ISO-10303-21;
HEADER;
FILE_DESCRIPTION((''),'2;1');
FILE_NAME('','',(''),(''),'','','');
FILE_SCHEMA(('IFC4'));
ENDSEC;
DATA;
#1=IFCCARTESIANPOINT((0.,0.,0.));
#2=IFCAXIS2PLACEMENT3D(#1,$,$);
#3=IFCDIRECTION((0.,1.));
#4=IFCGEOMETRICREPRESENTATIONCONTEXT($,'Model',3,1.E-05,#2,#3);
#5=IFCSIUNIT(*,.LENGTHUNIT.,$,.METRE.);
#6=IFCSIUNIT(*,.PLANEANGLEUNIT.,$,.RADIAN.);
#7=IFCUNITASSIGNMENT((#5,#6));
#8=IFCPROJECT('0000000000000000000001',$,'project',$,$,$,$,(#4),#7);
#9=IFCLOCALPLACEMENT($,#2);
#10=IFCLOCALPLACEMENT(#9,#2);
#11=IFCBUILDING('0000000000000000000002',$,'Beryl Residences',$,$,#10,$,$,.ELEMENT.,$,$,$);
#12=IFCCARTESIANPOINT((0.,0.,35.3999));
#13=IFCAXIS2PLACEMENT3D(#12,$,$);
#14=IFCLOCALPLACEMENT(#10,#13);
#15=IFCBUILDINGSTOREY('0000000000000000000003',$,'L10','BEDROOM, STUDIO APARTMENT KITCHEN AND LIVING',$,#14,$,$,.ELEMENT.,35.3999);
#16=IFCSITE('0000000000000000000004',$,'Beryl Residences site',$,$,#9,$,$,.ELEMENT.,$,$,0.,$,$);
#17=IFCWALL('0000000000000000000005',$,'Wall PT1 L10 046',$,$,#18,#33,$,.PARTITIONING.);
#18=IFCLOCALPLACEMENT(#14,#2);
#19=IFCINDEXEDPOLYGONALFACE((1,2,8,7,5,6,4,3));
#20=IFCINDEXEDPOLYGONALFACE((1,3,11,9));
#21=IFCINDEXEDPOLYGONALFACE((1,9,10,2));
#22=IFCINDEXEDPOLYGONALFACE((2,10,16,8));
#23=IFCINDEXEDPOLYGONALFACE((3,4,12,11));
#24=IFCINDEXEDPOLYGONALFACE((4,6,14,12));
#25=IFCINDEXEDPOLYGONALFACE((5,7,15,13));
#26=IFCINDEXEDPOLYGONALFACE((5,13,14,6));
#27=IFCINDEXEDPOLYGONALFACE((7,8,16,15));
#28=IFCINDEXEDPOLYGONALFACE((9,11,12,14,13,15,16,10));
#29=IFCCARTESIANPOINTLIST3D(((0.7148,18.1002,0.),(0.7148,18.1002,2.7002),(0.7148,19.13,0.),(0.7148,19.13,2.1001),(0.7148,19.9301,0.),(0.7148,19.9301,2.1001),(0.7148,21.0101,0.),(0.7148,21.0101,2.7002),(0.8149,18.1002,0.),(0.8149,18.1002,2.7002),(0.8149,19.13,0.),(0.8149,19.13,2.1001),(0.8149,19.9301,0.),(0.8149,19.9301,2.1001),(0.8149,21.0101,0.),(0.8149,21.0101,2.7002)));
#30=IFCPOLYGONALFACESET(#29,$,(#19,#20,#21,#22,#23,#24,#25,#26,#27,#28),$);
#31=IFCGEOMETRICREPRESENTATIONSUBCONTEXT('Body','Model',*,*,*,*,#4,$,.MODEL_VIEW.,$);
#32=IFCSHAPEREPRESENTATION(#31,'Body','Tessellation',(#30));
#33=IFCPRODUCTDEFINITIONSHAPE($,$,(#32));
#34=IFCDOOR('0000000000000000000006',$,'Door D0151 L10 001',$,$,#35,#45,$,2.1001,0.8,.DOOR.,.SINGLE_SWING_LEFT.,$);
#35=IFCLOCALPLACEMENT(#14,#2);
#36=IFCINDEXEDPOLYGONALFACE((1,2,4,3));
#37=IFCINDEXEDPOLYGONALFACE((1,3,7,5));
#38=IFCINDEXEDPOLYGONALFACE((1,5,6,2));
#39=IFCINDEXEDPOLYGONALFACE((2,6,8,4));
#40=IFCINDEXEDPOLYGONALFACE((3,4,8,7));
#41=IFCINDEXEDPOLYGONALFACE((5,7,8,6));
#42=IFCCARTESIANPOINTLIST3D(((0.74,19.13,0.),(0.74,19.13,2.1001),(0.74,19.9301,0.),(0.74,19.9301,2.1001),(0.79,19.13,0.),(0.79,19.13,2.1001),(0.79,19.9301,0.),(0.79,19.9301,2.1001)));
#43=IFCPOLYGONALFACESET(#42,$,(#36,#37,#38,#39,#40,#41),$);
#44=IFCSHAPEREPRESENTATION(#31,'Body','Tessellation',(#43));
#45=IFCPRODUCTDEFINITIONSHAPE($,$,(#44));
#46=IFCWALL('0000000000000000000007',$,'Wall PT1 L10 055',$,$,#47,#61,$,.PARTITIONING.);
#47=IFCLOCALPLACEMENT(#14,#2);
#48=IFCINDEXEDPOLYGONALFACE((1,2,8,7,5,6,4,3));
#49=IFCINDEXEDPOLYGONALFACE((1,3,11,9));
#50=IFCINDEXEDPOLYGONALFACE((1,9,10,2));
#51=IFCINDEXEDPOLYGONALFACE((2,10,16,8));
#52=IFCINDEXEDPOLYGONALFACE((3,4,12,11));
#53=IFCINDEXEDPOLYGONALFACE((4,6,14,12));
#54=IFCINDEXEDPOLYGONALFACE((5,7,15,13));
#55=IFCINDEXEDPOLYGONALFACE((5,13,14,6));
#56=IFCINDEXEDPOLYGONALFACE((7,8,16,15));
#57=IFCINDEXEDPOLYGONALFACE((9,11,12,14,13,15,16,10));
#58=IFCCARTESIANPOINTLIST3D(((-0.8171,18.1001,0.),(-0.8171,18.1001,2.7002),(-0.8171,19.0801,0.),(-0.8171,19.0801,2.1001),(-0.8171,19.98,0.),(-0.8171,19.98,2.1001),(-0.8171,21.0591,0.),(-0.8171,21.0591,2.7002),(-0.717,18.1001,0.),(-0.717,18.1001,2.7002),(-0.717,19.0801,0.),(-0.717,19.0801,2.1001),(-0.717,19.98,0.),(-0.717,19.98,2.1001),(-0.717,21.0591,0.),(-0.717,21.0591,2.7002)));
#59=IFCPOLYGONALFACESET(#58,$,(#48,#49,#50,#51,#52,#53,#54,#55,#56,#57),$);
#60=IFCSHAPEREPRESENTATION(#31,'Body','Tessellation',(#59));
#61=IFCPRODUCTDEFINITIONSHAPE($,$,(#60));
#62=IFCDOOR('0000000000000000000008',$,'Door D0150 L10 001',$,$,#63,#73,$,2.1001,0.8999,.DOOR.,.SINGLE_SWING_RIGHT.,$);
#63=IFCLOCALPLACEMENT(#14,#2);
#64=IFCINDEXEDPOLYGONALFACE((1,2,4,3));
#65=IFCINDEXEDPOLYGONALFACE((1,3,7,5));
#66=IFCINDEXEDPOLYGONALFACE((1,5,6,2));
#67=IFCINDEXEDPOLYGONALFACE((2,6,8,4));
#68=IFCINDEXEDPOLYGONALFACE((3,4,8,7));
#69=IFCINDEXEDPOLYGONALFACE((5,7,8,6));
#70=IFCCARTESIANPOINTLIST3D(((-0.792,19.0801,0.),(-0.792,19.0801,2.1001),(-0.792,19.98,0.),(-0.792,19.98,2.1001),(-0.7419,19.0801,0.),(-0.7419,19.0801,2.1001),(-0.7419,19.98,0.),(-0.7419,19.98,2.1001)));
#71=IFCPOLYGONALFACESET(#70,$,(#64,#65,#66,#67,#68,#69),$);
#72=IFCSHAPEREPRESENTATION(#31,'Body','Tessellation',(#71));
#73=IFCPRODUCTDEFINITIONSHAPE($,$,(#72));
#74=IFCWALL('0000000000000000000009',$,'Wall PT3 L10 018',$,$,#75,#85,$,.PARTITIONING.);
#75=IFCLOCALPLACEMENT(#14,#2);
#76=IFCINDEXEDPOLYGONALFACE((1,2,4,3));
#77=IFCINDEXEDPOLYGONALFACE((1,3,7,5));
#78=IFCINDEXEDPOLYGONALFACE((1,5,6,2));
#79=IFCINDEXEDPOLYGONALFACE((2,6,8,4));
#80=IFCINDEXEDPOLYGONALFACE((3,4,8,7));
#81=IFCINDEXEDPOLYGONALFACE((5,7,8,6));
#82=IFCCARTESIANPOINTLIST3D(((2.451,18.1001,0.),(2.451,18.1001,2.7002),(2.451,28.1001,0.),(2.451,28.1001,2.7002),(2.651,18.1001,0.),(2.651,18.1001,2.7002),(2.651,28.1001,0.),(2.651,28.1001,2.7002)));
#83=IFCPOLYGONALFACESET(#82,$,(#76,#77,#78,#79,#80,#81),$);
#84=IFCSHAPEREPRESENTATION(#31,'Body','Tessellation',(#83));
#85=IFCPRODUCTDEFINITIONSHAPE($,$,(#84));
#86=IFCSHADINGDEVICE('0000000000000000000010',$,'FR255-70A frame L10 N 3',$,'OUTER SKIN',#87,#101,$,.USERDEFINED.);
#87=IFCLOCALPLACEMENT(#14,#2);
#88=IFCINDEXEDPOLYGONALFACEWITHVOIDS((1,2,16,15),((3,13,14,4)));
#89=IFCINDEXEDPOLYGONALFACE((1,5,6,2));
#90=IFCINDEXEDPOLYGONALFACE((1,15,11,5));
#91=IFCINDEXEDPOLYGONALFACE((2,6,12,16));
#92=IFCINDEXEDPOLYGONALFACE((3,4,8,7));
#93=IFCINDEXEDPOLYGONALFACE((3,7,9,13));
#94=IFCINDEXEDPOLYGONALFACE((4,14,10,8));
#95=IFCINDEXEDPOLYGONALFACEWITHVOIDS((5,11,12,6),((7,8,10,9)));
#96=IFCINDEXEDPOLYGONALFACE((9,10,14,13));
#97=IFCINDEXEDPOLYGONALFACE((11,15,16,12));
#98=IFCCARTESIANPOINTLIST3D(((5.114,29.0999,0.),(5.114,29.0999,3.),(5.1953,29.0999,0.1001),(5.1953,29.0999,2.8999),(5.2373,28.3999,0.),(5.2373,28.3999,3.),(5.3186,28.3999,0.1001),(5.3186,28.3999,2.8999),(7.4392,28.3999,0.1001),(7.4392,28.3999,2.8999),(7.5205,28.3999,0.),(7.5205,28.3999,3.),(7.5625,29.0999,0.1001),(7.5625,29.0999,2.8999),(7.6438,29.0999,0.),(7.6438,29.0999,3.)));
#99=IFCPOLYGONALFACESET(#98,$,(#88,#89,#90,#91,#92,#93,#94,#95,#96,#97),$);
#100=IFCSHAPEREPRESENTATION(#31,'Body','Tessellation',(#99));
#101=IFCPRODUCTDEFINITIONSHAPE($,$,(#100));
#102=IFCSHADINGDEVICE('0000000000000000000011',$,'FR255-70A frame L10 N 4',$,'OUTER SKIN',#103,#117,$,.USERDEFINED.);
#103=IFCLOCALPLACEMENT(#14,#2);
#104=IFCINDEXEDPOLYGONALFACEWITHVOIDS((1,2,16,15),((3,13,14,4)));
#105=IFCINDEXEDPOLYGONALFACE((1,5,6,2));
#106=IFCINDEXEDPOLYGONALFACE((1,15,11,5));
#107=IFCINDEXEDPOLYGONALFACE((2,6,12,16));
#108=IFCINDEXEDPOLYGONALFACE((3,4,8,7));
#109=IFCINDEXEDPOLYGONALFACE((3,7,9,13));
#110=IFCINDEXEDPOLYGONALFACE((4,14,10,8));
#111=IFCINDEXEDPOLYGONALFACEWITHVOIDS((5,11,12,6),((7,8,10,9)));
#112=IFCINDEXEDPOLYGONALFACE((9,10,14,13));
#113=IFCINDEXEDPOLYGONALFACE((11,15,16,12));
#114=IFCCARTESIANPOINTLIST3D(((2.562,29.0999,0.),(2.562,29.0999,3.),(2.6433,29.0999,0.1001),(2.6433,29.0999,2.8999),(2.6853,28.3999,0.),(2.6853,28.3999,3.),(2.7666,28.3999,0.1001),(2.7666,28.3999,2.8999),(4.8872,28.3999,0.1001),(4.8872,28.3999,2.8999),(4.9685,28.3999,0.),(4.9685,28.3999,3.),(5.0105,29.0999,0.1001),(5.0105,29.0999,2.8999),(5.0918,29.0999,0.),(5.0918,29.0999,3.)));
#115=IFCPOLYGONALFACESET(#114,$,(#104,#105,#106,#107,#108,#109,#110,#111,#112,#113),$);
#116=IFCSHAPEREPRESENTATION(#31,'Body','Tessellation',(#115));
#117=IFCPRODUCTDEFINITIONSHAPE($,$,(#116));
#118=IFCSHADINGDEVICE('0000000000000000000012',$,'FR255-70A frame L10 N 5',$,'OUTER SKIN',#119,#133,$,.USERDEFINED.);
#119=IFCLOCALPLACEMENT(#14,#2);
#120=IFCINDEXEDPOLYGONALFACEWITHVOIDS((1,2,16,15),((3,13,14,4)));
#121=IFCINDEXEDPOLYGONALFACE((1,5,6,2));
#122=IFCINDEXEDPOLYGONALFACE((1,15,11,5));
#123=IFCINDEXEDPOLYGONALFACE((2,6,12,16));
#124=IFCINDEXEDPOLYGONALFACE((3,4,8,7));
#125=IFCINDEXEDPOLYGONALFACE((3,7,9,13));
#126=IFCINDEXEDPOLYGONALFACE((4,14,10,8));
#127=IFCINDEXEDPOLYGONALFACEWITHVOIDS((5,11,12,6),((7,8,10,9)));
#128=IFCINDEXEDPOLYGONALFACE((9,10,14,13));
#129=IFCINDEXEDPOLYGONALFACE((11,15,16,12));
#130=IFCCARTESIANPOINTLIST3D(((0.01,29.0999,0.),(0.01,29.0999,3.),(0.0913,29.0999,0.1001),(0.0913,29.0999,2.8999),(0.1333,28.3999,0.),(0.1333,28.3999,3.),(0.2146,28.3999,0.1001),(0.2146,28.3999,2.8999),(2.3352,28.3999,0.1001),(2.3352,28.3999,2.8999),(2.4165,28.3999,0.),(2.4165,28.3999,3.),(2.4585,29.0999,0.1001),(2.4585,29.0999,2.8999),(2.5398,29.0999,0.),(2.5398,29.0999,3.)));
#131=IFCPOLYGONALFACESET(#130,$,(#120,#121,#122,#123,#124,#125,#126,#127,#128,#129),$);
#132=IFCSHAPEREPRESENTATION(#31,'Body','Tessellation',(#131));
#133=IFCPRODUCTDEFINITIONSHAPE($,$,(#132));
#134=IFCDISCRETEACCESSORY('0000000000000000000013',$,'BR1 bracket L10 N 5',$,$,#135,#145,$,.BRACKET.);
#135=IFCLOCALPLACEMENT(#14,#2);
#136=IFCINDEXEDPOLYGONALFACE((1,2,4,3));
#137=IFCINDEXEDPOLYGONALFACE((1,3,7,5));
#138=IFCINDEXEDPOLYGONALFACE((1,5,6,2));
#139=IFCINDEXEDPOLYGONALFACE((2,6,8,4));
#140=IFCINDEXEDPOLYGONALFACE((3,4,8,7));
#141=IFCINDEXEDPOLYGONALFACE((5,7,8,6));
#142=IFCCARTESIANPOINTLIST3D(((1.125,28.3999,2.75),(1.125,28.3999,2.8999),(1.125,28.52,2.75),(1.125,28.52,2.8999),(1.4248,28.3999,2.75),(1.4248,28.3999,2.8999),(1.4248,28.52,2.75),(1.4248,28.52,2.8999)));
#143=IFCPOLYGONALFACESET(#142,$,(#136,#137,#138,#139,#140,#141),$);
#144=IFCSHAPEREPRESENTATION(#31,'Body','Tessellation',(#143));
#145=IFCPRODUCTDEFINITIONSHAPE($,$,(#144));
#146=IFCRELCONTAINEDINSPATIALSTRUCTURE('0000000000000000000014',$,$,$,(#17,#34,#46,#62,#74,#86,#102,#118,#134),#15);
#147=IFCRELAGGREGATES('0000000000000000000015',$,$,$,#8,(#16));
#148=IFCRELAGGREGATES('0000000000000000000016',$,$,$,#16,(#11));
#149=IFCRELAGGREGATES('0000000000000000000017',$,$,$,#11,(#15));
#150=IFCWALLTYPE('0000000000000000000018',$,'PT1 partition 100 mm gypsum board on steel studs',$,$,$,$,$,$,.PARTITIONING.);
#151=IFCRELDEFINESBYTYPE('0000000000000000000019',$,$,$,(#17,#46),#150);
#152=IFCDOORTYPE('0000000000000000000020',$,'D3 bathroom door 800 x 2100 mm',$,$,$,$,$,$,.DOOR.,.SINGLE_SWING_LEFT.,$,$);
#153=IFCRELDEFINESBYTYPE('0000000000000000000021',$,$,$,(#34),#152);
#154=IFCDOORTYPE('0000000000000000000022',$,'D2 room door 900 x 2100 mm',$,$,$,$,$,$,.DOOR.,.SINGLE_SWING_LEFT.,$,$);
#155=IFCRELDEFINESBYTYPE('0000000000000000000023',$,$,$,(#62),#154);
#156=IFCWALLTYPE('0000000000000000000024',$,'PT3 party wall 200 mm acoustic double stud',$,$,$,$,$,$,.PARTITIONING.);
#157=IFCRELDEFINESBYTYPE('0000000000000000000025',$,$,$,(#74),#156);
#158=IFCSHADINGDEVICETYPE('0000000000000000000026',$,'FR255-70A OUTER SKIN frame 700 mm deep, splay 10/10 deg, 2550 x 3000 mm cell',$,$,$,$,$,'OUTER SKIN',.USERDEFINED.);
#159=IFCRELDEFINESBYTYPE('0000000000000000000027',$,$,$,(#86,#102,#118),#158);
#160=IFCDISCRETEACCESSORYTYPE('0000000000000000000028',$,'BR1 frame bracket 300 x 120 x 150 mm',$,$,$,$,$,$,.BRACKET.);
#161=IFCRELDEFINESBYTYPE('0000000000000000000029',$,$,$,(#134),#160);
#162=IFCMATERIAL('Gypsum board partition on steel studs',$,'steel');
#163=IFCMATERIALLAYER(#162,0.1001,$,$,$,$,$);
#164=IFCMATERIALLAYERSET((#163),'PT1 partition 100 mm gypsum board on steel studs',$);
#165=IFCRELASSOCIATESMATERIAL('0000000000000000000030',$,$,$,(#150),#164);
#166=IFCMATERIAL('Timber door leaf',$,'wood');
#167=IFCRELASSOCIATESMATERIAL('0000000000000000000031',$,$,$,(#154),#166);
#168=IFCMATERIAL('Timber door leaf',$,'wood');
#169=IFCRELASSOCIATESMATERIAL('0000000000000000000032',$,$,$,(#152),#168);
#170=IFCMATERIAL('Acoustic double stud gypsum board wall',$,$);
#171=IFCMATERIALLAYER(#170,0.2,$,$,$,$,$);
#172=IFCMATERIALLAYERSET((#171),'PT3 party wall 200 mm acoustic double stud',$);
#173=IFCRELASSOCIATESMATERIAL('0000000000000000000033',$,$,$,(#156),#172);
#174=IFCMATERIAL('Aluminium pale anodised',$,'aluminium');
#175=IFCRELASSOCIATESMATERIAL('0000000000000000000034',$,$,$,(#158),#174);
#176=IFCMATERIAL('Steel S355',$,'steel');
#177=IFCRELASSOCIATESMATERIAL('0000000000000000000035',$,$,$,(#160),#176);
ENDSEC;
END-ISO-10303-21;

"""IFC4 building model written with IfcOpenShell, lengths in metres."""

from ifc_helpers import new_model, entity, si_unit, direction, frame, frame_2d, origin, place, context, subcontext, project, spatial, polyline, rectangle, outline, extrude, source, transform, mapped, material, layer, layer_set, type_object, type_shapes, element, fill, save


model = new_model("IFC4")

# Units and contexts
model_context = context("Model", 3, precision=1e-05, world=origin(), true_north=direction((0.0, 1.0)))
body_context = subcontext(model_context, "Body", "Model", "MODEL_VIEW")
ifc_project = project(units=[si_unit("LENGTHUNIT", "METRE"), si_unit("PLANEANGLEUNIT", "RADIAN")], contexts=[model_context])

# Site, building, storey
site_placement = place(None, origin())
site = spatial("IfcSite", under=ifc_project, at=site_placement, Name="Beryl Residences site", CompositionType="ELEMENT", RefElevation=0.0)
building_placement = place(site_placement, origin())
building = spatial("IfcBuilding", under=site, at=building_placement, Name="Beryl Residences", CompositionType="ELEMENT")
storey_placement = place(building_placement, frame((0.0, 0.0, 35.3999)))
storey = spatial("IfcBuildingStorey", under=building, at=storey_placement, Name="L10", Description="BEDROOM, STUDIO APARTMENT KITCHEN AND LIVING", CompositionType="ELEMENT", Elevation=35.3999)

# Shared definitions
ifc_material_1 = material(Name="Gypsum board partition on steel studs", Category="steel")
ifc_layer_1 = layer(ifc_material_1, 0.1001)
ifc_layer_set_1 = layer_set([ifc_layer_1], Name="PT1 partition 100 mm gypsum board on steel studs")
wall_type_1 = type_object("IfcWallType", Name="PT1 partition 100 mm gypsum board on steel studs", PredefinedType="PARTITIONING", material=ifc_layer_set_1)

# Shared definitions
ifc_material_2 = material(Name="Timber door leaf", Category="wood")
door_type_1 = type_object("IfcDoorType", Name="D2 room door 900 x 2100 mm", OperationType="SINGLE_SWING_LEFT", PredefinedType="DOOR", material=ifc_material_2)
ifc_material_3 = material(Name="Timber door leaf", Category="wood")
door_type_2 = type_object("IfcDoorType", Name="D3 bathroom door 800 x 2100 mm", OperationType="SINGLE_SWING_LEFT", PredefinedType="DOOR", material=ifc_material_3)

# Walls, openings, doors
wall_1_placement = place(storey_placement, frame((0.7649, 18.1001, 0.0), z_axis=(0.0, 0.0, 1.0), x_axis=(0.0, 1.0, 0.0)))
wall_1 = element("IfcWall", 1, at=wall_1_placement, inside=storey, type_object=wall_type_1, Name="Wall PT1 L10 046", PredefinedType="PARTITIONING", context=body_context, shape_type="SweptSolid", body=[
    extrude(rectangle(XDim=2.9099, YDim=0.1001, at=frame_2d((1.4551, 0.0))), origin(), (0.0, 0.0, 1.0), 2.7002),
])
opening_1_placement = place(wall_1_placement, frame((1.03, 0.0, 0.0)))
opening_1 = element("IfcOpeningElement", 2, at=opening_1_placement, cuts=wall_1, PredefinedType="OPENING", context=body_context, shape_type="SweptSolid", body=[
    extrude(rectangle(XDim=0.8, YDim=2.1001, at=frame_2d((0.3999, 1.05))), frame((0.0, 0.0601, 0.0), z_axis=(0.0, -1.0, 0.0), x_axis=(1.0, 0.0, 0.0)), (0.0, 0.0, 1.0), 0.1201),
])
door_1_placement = place(opening_1_placement, origin())
door_1 = element("IfcDoor", 3, at=door_1_placement, inside=storey, type_object=door_type_2, Name="Door D0151 L10 001", OperationType="SINGLE_SWING_LEFT", OverallHeight=2.1001, OverallWidth=0.8, PredefinedType="DOOR", context=body_context, shape_type="SweptSolid", body=[
    extrude(rectangle(XDim=0.8, YDim=2.1001, at=frame_2d((0.3999, 1.05))), frame((0.0, 0.0249, 0.0), z_axis=(0.0, -1.0, 0.0), x_axis=(1.0, 0.0, 0.0)), (0.0, 0.0, 1.0), 0.05),
])
fill(opening_1, door_1)
wall_2_placement = place(storey_placement, frame((-0.7671, 18.1001, 0.0), z_axis=(0.0, 0.0, 1.0), x_axis=(0.0, 1.0, 0.0)))
wall_2 = element("IfcWall", 4, at=wall_2_placement, inside=storey, type_object=wall_type_1, Name="Wall PT1 L10 055", PredefinedType="PARTITIONING", context=body_context, shape_type="SweptSolid", body=[
    extrude(rectangle(XDim=2.959, YDim=0.1001, at=frame_2d((1.4795, 0.0))), origin(), (0.0, 0.0, 1.0), 2.7002),
])
opening_2_placement = place(wall_2_placement, frame((0.98, 0.0, 0.0)))
opening_2 = element("IfcOpeningElement", 5, at=opening_2_placement, cuts=wall_2, PredefinedType="OPENING", context=body_context, shape_type="SweptSolid", body=[
    extrude(rectangle(XDim=0.8999, YDim=2.1001, at=frame_2d((0.45, 1.05))), frame((0.0, 0.0601, 0.0), z_axis=(0.0, -1.0, 0.0), x_axis=(1.0, 0.0, 0.0)), (0.0, 0.0, 1.0), 0.1201),
])
door_2_placement = place(opening_2_placement, origin())
door_2 = element("IfcDoor", 6, at=door_2_placement, inside=storey, type_object=door_type_1, Name="Door D0150 L10 001", OperationType="SINGLE_SWING_RIGHT", OverallHeight=2.1001, OverallWidth=0.8999, PredefinedType="DOOR", context=body_context, shape_type="SweptSolid", body=[
    extrude(rectangle(XDim=0.8999, YDim=2.1001, at=frame_2d((0.45, 1.05))), frame((0.0, 0.0249, 0.0), z_axis=(0.0, -1.0, 0.0), x_axis=(1.0, 0.0, 0.0)), (0.0, 0.0, 1.0), 0.05),
])
fill(opening_2, door_2)

# Wall
ifc_material_4 = material(Name="Acoustic double stud gypsum board wall")
ifc_layer_2 = layer(ifc_material_4, 0.2)
ifc_layer_set_2 = layer_set([ifc_layer_2], Name="PT3 party wall 200 mm acoustic double stud")
wall_type_2 = type_object("IfcWallType", Name="PT3 party wall 200 mm acoustic double stud", PredefinedType="PARTITIONING", material=ifc_layer_set_2)
wall_3_placement = place(storey_placement, frame((2.551, 18.1001, 0.0), z_axis=(0.0, 0.0, 1.0), x_axis=(0.0, 1.0, 0.0)))
element("IfcWall", 7, at=wall_3_placement, inside=storey, type_object=wall_type_2, Name="Wall PT3 L10 018", PredefinedType="PARTITIONING", context=body_context, shape_type="SweptSolid", body=[
    extrude(rectangle(XDim=10.0, YDim=0.2, at=frame_2d((5.0, 0.0))), origin(), (0.0, 0.0, 1.0), 2.7002),
])

# Shading devices
ifc_material_5 = material(Name="Aluminium pale anodised", Category="aluminium")
shading_device_type = type_object("IfcShadingDeviceType", Name="FR255-70A OUTER SKIN frame 700 mm deep, splay 10/10 deg, 2550 x 3000 mm cell", ElementType="OUTER SKIN", PredefinedType="USERDEFINED", material=ifc_material_5)
cartesian_point_1 = entity("IfcCartesianPoint", [-1.1416, 0.0])
cartesian_point_2 = entity("IfcCartesianPoint", [-1.0603, 0.1001])
cartesian_point_3 = entity("IfcCartesianPoint", [-1.2649, 0.0])
cartesian_point_4 = entity("IfcCartesianPoint", [-1.1836, 0.1001])
shared_shape_1 = source(origin(), body_context, "Body", "SweptSolid", [
    entity("IfcExtrudedAreaSolidTapered", entity("IfcArbitraryProfileDefWithVoids", "AREA", None, entity("IfcPolyline", [cartesian_point_1, entity("IfcCartesianPoint", [1.1416, 0.0]), entity("IfcCartesianPoint", [1.1416, 3.0]), entity("IfcCartesianPoint", [-1.1416, 3.0]), cartesian_point_1]), [entity("IfcPolyline", [cartesian_point_2, entity("IfcCartesianPoint", [1.0603, 0.1001]), entity("IfcCartesianPoint", [1.0603, 2.8999]), entity("IfcCartesianPoint", [-1.0603, 2.8999]), cartesian_point_2])]), entity("IfcAxis2Placement3D", entity("IfcCartesianPoint", [0.0, 0.0, 0.0]), entity("IfcDirection", [0.0, 1.0, 0.0]), entity("IfcDirection", [-1.0, 0.0, 0.0])), entity("IfcDirection", [0.0, 0.0, 1.0]), 0.7, entity("IfcArbitraryProfileDefWithVoids", "AREA", None, entity("IfcPolyline", [cartesian_point_3, entity("IfcCartesianPoint", [1.2649, 0.0]), entity("IfcCartesianPoint", [1.2649, 3.0]), entity("IfcCartesianPoint", [-1.2649, 3.0]), cartesian_point_3]), [entity("IfcPolyline", [cartesian_point_4, entity("IfcCartesianPoint", [1.1836, 0.1001]), entity("IfcCartesianPoint", [1.1836, 2.8999]), entity("IfcCartesianPoint", [-1.1836, 2.8999]), cartesian_point_4])])),
])
type_shapes(shading_device_type, [shared_shape_1])
for number, where, z_axis, x_axis, name in (
    (8, (6.3789, 28.3999, 0.0), (0.0, 0.0, 1.0), (1.0, 0.0, 0.0), "FR255-70A frame L10 N 3"),
    (9, (3.8269, 28.3999, 0.0), (0.0, 0.0, 1.0), (1.0, 0.0, 0.0), "FR255-70A frame L10 N 4"),
    (10, (1.2749, 28.3999, 0.0), (0.0, 0.0, 1.0), (1.0, 0.0, 0.0), "FR255-70A frame L10 N 5"),
):
    element("IfcShadingDevice", number, at=place(storey_placement, frame(where, z_axis=z_axis, x_axis=x_axis)), inside=storey, type_object=shading_device_type, Name=name, ObjectType="OUTER SKIN", PredefinedType="USERDEFINED", context=body_context, shape_type="MappedRepresentation", body=[
        mapped(shared_shape_1, transform((0.0, 0.0, 0.0))),
    ])

# Discrete accessory
ifc_material_6 = material(Name="Steel S355", Category="steel")
discrete_accessory_type = type_object("IfcDiscreteAccessoryType", Name="BR1 frame bracket 300 x 120 x 150 mm", PredefinedType="BRACKET", material=ifc_material_6)
shared_shape_2 = source(origin(), body_context, "Body", "SweptSolid", [
    extrude(outline(polyline([(-0.1499, 0.0), (0.1499, 0.0), (0.1499, 0.1201), (-0.1499, 0.1201), (-0.1499, 0.0)])), origin(), (0.0, 0.0, 1.0), 0.1499),
])
type_shapes(discrete_accessory_type, [shared_shape_2])
discrete_accessory_placement = place(storey_placement, frame((1.2749, 28.3999, 2.75), z_axis=(0.0, 0.0, 1.0), x_axis=(1.0, 0.0, 0.0)))
element("IfcDiscreteAccessory", 11, at=discrete_accessory_placement, inside=storey, type_object=discrete_accessory_type, Name="BR1 bracket L10 N 5", PredefinedType="BRACKET", context=body_context, shape_type="MappedRepresentation", body=[
    mapped(shared_shape_2, transform((0.0, 0.0, 0.0))),
])

save(model, "model.ifc")
